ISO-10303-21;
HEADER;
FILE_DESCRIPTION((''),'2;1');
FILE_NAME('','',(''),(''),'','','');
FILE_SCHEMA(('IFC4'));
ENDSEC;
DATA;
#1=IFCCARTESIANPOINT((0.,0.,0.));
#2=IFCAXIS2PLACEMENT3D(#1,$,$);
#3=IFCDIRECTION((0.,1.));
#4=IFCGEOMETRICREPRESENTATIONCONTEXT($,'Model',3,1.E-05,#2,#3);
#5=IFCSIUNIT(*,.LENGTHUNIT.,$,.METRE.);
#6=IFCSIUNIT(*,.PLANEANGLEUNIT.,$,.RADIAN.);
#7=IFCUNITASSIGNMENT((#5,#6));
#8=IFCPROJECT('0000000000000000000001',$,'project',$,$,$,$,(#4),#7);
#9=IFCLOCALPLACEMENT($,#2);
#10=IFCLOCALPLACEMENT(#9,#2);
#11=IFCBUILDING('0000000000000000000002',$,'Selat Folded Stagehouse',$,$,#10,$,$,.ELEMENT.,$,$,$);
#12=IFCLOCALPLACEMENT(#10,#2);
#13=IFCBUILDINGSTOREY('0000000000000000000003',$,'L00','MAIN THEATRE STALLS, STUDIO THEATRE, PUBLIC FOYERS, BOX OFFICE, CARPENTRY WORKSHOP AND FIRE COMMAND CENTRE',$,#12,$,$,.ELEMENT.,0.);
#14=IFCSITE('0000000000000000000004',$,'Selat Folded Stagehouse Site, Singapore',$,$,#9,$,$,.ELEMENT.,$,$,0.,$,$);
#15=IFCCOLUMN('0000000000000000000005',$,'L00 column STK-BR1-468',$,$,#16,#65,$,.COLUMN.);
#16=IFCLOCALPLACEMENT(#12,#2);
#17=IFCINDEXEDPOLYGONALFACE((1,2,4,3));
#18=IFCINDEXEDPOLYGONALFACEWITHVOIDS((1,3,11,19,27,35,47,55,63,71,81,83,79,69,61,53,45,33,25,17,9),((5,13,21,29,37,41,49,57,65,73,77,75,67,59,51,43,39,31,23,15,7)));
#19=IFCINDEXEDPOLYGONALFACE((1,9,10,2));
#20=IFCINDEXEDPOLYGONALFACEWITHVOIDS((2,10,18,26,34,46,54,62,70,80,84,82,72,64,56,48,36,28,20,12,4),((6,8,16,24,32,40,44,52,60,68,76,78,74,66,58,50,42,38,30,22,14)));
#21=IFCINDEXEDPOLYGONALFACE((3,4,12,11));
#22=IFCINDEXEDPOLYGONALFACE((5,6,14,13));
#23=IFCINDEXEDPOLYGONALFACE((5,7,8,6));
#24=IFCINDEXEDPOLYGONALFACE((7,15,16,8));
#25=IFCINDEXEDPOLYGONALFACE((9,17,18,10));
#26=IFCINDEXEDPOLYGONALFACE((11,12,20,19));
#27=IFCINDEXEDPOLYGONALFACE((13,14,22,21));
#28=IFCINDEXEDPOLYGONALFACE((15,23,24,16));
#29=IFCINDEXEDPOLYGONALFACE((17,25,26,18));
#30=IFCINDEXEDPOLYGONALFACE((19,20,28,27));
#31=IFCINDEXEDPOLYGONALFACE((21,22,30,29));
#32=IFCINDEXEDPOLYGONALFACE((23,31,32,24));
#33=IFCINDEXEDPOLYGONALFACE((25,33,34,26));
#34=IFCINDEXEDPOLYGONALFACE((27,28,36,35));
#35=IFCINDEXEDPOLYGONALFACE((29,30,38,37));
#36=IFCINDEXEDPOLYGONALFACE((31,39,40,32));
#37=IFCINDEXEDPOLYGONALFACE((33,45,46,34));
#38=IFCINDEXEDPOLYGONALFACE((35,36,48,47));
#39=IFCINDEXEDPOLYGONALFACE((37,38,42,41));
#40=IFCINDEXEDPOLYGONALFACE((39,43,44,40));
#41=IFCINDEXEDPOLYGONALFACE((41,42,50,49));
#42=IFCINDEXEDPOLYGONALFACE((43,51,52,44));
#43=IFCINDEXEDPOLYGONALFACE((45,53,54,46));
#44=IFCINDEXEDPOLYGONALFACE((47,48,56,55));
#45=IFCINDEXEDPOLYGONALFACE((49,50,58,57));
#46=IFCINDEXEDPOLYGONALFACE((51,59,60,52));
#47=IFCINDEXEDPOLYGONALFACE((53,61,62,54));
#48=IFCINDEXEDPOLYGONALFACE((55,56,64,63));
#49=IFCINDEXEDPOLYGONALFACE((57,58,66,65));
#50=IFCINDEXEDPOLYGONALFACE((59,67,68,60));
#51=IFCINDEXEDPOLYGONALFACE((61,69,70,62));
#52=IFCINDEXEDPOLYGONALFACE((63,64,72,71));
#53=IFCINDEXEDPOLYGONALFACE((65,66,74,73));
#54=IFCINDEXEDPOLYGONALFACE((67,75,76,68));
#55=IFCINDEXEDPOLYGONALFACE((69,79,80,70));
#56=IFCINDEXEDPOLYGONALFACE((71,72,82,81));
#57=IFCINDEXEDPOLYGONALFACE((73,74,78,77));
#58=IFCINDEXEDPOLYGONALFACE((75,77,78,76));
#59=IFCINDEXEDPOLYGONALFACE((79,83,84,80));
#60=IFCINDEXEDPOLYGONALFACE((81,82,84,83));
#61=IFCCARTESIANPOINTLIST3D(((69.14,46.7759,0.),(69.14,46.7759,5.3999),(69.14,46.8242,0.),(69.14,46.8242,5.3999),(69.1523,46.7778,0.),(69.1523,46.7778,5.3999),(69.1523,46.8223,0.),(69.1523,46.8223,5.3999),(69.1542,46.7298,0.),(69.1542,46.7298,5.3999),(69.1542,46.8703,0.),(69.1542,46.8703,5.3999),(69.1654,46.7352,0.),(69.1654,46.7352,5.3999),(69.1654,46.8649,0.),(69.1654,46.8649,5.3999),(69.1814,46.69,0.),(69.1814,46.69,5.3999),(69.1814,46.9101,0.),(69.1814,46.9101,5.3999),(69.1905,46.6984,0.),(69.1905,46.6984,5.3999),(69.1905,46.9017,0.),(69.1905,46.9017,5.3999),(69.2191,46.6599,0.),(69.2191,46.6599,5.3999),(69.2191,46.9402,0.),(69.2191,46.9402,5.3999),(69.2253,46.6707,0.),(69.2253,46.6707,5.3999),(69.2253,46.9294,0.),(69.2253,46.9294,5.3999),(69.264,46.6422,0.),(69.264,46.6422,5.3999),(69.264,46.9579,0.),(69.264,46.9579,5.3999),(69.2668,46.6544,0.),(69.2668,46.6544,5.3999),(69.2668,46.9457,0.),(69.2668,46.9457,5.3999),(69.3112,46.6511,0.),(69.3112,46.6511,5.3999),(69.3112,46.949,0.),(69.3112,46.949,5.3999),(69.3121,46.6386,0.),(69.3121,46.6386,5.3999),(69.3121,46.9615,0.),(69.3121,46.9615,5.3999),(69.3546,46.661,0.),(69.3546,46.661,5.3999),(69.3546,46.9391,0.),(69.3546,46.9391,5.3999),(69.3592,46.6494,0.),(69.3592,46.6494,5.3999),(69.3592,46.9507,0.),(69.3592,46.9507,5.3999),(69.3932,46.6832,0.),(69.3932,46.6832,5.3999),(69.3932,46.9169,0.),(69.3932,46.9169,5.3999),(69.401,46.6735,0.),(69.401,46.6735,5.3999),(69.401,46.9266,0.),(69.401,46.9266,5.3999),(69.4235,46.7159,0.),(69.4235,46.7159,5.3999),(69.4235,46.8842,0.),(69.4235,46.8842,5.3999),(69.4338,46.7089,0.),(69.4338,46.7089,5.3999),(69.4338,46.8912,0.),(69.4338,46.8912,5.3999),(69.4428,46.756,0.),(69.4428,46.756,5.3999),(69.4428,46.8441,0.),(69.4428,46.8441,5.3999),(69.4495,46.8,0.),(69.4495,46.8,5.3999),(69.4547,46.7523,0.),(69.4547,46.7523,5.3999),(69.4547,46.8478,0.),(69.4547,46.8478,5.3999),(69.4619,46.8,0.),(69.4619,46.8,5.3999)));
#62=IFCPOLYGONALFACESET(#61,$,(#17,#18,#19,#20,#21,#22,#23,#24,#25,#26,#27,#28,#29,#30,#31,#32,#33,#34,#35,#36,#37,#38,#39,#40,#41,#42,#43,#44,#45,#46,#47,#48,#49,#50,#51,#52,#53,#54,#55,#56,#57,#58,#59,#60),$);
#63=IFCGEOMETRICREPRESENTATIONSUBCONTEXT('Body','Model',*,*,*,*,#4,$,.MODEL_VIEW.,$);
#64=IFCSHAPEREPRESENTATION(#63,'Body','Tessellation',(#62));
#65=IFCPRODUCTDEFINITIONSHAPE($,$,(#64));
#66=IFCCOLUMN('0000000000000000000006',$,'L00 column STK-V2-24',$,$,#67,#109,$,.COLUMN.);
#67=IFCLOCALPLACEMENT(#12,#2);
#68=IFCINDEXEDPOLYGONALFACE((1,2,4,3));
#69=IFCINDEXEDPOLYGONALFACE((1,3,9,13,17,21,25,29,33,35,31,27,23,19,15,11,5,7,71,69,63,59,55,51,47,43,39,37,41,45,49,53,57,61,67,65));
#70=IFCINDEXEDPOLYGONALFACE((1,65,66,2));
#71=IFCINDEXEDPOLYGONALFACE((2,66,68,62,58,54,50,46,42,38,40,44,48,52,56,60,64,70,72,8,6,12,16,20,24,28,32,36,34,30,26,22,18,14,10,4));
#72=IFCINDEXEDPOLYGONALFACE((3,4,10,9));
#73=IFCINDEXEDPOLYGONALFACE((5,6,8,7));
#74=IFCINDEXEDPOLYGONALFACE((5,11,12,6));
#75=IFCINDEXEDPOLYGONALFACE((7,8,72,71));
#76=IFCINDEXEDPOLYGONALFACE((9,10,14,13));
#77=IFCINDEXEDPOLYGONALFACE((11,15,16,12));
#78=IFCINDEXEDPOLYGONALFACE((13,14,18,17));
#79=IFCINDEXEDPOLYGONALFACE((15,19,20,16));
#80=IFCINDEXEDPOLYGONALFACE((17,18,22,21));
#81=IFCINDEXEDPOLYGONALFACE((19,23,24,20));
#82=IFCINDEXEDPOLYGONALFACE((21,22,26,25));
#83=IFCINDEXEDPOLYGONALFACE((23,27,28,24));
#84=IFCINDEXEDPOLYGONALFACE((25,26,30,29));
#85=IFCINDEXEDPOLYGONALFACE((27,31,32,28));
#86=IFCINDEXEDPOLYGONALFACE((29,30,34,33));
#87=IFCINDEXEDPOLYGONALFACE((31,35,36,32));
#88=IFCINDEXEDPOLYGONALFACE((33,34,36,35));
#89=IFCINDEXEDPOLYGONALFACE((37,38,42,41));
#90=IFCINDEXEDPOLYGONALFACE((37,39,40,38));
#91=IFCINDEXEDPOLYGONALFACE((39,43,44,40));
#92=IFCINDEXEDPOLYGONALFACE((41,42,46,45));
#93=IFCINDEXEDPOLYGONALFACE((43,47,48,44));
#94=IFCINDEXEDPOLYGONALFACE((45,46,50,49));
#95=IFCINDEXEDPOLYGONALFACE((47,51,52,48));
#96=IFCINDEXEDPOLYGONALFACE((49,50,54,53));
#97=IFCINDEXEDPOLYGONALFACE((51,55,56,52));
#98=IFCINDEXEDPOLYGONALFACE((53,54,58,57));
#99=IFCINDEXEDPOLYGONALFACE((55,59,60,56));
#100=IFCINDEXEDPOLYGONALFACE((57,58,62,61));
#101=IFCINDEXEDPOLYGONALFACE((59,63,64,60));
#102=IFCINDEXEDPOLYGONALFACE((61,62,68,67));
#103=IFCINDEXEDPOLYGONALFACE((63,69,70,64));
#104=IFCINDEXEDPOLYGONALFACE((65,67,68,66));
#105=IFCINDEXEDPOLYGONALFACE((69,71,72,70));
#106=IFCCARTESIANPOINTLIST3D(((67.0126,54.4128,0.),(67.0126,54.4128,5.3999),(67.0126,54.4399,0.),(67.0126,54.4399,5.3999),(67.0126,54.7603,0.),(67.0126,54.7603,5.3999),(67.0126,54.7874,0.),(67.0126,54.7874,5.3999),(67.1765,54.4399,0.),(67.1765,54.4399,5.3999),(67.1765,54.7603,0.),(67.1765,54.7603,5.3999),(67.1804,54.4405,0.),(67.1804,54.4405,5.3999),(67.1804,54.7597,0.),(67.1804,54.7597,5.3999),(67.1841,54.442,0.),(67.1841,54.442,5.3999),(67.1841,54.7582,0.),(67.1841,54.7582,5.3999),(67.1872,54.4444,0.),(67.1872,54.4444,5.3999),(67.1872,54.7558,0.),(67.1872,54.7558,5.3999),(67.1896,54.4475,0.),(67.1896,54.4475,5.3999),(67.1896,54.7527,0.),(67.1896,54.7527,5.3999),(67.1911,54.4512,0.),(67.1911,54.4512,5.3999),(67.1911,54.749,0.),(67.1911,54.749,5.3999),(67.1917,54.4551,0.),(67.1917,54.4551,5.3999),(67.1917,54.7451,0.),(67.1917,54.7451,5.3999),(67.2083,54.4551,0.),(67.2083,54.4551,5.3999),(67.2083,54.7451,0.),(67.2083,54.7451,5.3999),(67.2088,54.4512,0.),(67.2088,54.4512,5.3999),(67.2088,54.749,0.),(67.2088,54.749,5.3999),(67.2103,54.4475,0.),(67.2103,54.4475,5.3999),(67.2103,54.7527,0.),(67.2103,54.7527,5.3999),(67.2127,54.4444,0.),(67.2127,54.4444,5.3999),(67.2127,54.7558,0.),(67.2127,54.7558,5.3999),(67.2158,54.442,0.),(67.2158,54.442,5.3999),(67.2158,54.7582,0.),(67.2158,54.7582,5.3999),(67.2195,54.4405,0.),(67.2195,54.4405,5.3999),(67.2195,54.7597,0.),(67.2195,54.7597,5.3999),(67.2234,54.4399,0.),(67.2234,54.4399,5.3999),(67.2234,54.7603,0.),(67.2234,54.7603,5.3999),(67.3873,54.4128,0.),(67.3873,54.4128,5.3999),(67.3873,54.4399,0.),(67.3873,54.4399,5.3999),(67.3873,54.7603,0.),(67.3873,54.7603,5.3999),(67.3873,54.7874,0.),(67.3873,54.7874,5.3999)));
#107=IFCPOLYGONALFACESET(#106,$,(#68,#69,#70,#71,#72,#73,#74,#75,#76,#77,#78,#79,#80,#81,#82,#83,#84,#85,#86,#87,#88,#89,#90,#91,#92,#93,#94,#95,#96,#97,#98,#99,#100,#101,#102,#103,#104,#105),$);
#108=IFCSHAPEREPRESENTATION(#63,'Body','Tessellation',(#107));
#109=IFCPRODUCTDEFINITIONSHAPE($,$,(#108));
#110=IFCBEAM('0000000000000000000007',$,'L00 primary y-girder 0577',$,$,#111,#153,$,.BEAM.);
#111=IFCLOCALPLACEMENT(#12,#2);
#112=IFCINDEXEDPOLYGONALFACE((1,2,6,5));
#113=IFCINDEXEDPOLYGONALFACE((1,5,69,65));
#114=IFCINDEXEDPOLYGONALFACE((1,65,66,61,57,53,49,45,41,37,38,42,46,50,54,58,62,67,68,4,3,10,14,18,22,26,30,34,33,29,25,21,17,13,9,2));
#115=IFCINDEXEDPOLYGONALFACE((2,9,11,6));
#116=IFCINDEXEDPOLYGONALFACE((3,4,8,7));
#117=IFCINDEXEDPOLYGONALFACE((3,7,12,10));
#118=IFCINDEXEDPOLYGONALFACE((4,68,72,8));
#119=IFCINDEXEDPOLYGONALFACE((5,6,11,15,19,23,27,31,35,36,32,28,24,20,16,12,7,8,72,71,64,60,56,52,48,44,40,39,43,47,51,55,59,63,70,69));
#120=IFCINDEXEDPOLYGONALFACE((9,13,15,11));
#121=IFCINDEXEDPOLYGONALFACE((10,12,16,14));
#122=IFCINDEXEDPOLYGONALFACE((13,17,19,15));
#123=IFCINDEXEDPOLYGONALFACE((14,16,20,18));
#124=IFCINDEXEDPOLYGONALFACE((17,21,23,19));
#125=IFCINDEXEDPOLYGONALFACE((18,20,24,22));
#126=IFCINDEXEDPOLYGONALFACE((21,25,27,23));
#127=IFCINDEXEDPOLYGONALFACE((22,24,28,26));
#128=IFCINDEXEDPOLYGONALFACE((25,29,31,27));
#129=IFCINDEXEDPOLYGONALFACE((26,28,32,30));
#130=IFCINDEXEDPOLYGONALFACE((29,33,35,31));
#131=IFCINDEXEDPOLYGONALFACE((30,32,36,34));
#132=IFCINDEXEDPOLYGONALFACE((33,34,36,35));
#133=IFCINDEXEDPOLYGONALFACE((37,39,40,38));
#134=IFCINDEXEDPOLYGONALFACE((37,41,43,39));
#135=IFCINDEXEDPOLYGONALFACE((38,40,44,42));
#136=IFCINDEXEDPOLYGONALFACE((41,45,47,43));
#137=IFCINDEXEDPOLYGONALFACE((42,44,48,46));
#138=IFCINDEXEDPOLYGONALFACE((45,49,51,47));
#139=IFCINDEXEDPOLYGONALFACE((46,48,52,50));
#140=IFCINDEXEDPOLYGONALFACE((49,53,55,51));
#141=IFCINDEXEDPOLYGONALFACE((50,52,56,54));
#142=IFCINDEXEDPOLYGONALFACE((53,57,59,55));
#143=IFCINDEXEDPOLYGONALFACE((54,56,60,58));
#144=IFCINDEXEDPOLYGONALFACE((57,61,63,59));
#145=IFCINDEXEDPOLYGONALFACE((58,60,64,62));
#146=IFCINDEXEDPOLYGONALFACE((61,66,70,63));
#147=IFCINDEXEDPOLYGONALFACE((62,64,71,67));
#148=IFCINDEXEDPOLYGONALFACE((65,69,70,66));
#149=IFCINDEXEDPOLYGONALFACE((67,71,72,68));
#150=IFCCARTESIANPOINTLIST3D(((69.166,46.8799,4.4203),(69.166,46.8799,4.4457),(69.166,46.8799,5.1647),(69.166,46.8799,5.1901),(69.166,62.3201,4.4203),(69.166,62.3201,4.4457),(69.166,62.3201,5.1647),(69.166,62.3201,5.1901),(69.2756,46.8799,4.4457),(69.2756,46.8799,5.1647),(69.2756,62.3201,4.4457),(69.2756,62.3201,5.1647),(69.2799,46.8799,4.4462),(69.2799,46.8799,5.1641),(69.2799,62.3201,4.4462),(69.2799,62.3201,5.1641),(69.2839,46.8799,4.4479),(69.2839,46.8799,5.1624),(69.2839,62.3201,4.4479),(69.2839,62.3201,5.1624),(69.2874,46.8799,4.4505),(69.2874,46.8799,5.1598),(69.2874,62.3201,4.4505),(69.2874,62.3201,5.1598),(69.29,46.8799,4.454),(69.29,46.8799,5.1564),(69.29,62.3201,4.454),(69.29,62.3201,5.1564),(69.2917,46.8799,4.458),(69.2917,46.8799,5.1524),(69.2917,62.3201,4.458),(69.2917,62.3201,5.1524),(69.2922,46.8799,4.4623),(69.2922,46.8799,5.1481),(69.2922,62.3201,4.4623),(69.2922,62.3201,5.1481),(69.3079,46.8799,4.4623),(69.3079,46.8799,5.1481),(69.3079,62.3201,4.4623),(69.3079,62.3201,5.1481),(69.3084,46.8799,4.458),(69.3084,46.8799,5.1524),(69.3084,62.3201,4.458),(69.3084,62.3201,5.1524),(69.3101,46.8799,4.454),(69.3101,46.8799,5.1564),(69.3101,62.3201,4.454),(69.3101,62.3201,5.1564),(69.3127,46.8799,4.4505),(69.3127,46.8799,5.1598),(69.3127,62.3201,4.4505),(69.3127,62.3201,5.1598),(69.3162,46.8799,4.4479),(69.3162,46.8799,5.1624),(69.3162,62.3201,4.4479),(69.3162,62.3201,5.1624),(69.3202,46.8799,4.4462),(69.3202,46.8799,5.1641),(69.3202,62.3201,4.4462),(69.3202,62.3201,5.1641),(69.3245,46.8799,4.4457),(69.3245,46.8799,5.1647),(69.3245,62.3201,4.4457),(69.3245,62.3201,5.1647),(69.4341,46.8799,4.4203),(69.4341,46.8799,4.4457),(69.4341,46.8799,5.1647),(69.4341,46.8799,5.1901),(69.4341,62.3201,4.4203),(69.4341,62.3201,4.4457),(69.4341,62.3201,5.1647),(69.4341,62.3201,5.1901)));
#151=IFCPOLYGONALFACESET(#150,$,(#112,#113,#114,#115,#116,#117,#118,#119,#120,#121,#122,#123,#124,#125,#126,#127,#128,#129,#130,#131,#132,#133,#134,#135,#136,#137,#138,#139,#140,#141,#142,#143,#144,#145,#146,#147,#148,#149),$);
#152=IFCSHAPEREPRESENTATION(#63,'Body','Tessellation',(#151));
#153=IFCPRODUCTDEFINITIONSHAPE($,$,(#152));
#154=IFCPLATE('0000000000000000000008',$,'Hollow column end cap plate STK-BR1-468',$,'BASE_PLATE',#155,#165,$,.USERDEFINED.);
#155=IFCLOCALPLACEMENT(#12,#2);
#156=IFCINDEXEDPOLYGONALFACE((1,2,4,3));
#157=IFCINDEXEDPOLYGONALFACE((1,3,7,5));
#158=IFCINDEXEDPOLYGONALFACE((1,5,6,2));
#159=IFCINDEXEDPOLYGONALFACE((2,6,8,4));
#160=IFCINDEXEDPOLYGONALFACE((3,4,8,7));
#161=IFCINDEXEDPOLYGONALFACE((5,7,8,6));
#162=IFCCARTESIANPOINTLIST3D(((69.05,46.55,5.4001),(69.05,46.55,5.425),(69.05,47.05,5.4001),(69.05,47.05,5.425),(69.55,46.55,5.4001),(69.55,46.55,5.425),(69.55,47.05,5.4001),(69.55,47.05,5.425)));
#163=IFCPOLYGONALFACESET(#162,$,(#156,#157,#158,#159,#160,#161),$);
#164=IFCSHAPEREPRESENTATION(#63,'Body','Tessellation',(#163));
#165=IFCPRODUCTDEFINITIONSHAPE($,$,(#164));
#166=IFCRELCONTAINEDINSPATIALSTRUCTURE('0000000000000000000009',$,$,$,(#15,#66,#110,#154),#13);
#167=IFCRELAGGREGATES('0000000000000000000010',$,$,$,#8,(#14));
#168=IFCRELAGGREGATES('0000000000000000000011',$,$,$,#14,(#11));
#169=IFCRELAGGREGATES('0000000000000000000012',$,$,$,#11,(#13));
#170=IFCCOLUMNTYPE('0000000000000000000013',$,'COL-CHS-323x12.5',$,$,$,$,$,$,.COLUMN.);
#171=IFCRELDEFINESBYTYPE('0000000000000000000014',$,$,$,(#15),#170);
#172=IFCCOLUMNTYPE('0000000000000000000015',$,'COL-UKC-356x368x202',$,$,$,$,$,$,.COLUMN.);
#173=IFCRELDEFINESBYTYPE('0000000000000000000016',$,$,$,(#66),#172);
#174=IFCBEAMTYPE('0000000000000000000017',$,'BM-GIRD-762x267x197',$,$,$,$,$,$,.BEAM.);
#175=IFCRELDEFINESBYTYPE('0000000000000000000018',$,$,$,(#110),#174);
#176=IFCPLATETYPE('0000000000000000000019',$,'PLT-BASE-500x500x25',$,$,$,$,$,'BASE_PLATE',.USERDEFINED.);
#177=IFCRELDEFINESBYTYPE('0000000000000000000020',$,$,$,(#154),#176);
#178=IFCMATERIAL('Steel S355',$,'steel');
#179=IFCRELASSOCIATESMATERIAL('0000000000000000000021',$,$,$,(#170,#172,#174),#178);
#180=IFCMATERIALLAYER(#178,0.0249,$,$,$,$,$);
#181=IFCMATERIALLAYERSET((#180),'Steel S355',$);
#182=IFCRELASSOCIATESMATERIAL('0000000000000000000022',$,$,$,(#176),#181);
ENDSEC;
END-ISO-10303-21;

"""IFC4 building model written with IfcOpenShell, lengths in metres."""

from ifc_helpers import new_model, si_unit, direction, frame, origin, origin_2d, place, context, subcontext, project, spatial, rectangle, hollow_circle, i_section, extrude, material, layer, layer_set, material_profile, profile_set, type_object, element, save


model = new_model("IFC4")

# Units and contexts
model_context = context("Model", 3, precision=1e-05, world=origin(), true_north=direction((0.0, 1.0)))
body_context = subcontext(model_context, "Body", "Model", "MODEL_VIEW")
ifc_project = project(units=[si_unit("LENGTHUNIT", "METRE"), si_unit("PLANEANGLEUNIT", "RADIAN")], contexts=[model_context])

# Site, building, storey
site_placement = place(None, origin())
site = spatial("IfcSite", under=ifc_project, at=site_placement, Name="Selat Folded Stagehouse Site, Singapore", CompositionType="ELEMENT", RefElevation=0.0)
building_placement = place(site_placement, origin())
building = spatial("IfcBuilding", under=site, at=building_placement, Name="Selat Folded Stagehouse", CompositionType="ELEMENT")
storey_placement = place(building_placement, origin())
storey = spatial("IfcBuildingStorey", under=building, at=storey_placement, Name="L00", Description="MAIN THEATRE STALLS, STUDIO THEATRE, PUBLIC FOYERS, BOX OFFICE, CARPENTRY WORKSHOP AND FIRE COMMAND CENTRE", CompositionType="ELEMENT", Elevation=0.0)

# Columns
ifc_material_1 = material(Name="Steel S355", Category="steel")
ifc_material_profile_1 = material_profile(ifc_material_1, hollow_circle(Radius=0.1619, WallThickness=0.0125, at=origin_2d()), Name="CHS 323.9x12.5")
ifc_profile_set_1 = profile_set([ifc_material_profile_1], Name="Steel S355")
column_type_1 = type_object("IfcColumnType", Name="COL-CHS-323x12.5", PredefinedType="COLUMN", material=ifc_profile_set_1)
column_1_placement = place(storey_placement, frame((69.3, 46.8, 0.0), z_axis=(0.0, 0.0, 1.0), x_axis=(1.0, 0.0, 0.0)))
element("IfcColumn", 1, at=column_1_placement, inside=storey, type_object=column_type_1, Name="L00 column STK-BR1-468", PredefinedType="COLUMN", context=body_context, shape_type="SweptSolid", body=[
    extrude(hollow_circle(Radius=0.1619, WallThickness=0.0125, at=origin_2d()), origin(), (0.0, 0.0, 1.0), 5.3999),
])
ifc_material_profile_2 = material_profile(ifc_material_1, i_section(OverallWidth=0.3748, OverallDepth=0.3745, WebThickness=0.0166, FlangeThickness=0.0271, FilletRadius=0.0151, at=origin_2d()), Name="UKC 356x368x202")
ifc_profile_set_2 = profile_set([ifc_material_profile_2], Name="Steel S355")
column_type_2 = type_object("IfcColumnType", Name="COL-UKC-356x368x202", PredefinedType="COLUMN", material=ifc_profile_set_2)
column_2_placement = place(storey_placement, frame((67.2, 54.6001, 0.0), z_axis=(0.0, 0.0, 1.0), x_axis=(1.0, 0.0, 0.0)))
element("IfcColumn", 2, at=column_2_placement, inside=storey, type_object=column_type_2, Name="L00 column STK-V2-24", PredefinedType="COLUMN", context=body_context, shape_type="SweptSolid", body=[
    extrude(i_section(OverallWidth=0.3748, OverallDepth=0.3745, WebThickness=0.0166, FlangeThickness=0.0271, FilletRadius=0.0151, at=origin_2d()), origin(), (0.0, 0.0, 1.0), 5.3999),
])

# Beam
ifc_material_profile_3 = material_profile(ifc_material_1, i_section(OverallWidth=0.2681, OverallDepth=0.7698, WebThickness=0.0156, FlangeThickness=0.0254, FilletRadius=0.0166, at=origin_2d()), Name="UKB 762x267x197")
ifc_profile_set_3 = profile_set([ifc_material_profile_3], Name="Steel S355")
beam_type = type_object("IfcBeamType", Name="BM-GIRD-762x267x197", PredefinedType="BEAM", material=ifc_profile_set_3)
beam_placement = place(storey_placement, frame((69.3, 46.8799, 4.8052), z_axis=(0.0, 1.0, 0.0), x_axis=(-1.0, 0.0, 0.0)))
element("IfcBeam", 3, at=beam_placement, inside=storey, type_object=beam_type, Name="L00 primary y-girder 0577", PredefinedType="BEAM", context=body_context, shape_type="SweptSolid", body=[
    extrude(i_section(OverallWidth=0.2681, OverallDepth=0.7698, WebThickness=0.0156, FlangeThickness=0.0254, FilletRadius=0.0166, at=origin_2d()), origin(), (0.0, 0.0, 1.0), 15.4402),
])

# Plate
ifc_layer_1 = layer(ifc_material_1, 0.0249)
ifc_layer_set_1 = layer_set([ifc_layer_1], Name="Steel S355")
plate_type = type_object("IfcPlateType", Name="PLT-BASE-500x500x25", ElementType="BASE_PLATE", PredefinedType="USERDEFINED", material=ifc_layer_set_1)
plate_placement = place(storey_placement, frame((69.3, 46.8, 5.4001), z_axis=(0.0, 0.0, 1.0), x_axis=(1.0, 0.0, 0.0)))
element("IfcPlate", 4, at=plate_placement, inside=storey, type_object=plate_type, Name="Hollow column end cap plate STK-BR1-468", ObjectType="BASE_PLATE", PredefinedType="USERDEFINED", context=body_context, shape_type="SweptSolid", body=[
    extrude(rectangle(XDim=0.5, YDim=0.5, at=origin_2d()), origin(), (0.0, 0.0, 1.0), 0.0249),
])

save(model, "model.ifc")
